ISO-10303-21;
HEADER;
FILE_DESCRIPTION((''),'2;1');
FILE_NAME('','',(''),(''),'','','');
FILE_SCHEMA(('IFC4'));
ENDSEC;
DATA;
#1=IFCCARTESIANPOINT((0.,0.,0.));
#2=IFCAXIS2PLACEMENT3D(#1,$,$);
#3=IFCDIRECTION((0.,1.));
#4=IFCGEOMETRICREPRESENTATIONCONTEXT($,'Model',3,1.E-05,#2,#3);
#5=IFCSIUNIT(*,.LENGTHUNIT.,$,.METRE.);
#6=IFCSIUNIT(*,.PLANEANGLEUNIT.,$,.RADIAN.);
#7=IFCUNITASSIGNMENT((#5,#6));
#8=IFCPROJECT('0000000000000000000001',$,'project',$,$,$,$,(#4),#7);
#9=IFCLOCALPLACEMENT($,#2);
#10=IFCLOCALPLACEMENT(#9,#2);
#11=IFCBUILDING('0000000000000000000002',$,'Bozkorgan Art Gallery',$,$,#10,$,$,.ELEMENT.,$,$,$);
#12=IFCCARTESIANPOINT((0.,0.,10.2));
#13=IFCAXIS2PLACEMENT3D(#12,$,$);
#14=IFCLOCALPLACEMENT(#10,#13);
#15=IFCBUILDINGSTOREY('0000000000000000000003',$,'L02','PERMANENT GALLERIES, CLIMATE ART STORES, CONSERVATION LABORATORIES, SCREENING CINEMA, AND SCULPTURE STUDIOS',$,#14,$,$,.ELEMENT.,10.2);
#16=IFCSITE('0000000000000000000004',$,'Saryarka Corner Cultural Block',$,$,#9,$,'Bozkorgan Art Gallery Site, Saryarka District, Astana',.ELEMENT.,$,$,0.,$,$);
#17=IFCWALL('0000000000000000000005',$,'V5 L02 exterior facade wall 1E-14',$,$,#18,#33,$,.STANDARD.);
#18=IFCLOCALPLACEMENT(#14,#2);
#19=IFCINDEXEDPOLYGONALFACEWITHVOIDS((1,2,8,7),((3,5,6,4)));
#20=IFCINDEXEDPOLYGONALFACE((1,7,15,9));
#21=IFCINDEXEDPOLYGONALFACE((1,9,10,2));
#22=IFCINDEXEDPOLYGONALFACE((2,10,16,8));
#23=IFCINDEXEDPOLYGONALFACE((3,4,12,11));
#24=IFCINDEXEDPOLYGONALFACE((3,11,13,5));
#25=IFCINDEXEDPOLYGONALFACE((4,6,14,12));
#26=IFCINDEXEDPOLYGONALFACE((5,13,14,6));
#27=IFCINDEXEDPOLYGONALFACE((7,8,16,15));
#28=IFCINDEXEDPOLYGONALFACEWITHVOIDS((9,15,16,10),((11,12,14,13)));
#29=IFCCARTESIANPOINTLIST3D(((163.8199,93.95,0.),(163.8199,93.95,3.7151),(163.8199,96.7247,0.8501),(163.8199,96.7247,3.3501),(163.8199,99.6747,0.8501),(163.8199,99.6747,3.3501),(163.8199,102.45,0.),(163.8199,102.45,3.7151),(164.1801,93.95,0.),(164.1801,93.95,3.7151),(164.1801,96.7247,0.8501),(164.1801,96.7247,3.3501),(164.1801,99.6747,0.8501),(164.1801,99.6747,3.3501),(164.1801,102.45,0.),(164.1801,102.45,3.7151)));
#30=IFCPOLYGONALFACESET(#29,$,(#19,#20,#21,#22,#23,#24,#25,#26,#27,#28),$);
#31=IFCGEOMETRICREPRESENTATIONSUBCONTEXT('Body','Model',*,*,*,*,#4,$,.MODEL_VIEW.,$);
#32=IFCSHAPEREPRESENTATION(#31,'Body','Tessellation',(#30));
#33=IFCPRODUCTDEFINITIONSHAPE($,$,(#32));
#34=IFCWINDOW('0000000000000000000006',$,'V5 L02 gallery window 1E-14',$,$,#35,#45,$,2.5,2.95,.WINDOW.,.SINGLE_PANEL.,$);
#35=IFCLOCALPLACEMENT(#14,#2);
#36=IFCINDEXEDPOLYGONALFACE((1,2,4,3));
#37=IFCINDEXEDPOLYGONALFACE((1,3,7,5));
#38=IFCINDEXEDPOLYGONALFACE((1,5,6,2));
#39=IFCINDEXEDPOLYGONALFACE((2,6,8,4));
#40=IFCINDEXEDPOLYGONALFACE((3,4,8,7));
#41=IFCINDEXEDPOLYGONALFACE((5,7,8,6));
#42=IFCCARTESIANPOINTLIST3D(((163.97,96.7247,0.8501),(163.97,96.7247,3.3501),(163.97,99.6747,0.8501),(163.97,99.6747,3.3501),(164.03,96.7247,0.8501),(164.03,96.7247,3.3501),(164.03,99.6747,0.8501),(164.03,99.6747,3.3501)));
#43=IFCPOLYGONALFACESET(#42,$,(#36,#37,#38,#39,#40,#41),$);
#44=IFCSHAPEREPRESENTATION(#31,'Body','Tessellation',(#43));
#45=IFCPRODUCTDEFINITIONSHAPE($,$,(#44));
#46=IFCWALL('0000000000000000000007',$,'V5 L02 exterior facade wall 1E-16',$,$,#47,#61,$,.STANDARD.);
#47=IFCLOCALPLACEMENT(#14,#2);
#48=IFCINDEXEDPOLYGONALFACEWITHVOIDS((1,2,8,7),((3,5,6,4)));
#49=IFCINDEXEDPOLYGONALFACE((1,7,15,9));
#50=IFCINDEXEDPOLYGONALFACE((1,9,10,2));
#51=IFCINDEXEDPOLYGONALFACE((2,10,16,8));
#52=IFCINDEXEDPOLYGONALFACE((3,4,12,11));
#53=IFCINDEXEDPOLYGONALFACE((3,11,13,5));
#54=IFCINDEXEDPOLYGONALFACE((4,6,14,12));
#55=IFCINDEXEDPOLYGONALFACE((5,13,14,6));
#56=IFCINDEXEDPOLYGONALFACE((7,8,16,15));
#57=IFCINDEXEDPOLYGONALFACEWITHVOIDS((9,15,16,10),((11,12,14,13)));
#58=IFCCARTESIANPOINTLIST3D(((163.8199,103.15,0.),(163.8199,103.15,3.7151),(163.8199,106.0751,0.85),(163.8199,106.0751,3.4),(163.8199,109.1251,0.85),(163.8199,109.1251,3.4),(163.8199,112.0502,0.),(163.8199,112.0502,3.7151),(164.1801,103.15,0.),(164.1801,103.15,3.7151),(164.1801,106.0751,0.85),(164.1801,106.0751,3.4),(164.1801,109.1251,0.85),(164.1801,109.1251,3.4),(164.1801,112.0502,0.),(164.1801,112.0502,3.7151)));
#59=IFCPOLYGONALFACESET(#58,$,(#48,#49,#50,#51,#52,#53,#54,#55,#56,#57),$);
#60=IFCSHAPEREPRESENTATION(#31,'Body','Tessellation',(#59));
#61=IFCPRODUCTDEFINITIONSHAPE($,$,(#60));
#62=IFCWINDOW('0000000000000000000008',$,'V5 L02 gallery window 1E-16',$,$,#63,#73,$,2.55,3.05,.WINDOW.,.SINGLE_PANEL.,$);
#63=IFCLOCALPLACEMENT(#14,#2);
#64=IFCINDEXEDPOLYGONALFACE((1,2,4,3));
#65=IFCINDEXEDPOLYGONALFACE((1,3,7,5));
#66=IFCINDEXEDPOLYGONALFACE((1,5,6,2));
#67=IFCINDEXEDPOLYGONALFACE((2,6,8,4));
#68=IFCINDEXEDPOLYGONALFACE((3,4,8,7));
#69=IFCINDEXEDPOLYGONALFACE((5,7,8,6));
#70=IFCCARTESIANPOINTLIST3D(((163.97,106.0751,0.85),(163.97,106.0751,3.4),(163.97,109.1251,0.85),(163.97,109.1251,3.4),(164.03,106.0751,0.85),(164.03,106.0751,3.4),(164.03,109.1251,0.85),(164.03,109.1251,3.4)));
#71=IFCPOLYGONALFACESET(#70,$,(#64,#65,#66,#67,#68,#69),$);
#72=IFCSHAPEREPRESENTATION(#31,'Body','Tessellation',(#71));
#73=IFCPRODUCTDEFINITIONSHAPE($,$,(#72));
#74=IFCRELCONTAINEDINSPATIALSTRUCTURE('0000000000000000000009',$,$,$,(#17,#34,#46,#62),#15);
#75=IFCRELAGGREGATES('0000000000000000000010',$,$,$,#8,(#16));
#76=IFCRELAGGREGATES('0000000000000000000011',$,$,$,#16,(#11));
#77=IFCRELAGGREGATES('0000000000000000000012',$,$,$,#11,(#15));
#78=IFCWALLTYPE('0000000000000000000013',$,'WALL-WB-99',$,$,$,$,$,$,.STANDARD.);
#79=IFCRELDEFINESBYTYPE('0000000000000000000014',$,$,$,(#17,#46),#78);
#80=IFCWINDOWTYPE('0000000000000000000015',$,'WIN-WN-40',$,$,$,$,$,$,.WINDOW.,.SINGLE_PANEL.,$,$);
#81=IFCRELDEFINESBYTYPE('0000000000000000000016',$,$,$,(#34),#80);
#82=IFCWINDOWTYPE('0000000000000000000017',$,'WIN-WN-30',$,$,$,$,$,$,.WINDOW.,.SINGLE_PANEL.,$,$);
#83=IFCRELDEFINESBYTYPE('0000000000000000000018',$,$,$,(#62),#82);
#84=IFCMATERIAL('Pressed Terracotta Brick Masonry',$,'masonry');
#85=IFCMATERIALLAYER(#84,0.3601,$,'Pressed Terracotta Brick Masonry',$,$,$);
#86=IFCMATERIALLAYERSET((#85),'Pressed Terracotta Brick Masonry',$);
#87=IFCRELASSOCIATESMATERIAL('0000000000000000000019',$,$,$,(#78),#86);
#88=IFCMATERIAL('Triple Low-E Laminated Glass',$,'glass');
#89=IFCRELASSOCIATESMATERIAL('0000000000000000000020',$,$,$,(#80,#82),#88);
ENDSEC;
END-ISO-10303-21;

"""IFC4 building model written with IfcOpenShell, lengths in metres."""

from ifc_helpers import new_model, si_unit, direction, frame, frame_2d, origin, place, context, subcontext, project, spatial, rectangle, extrude, material, layer, layer_set, type_object, element, fill, save


model = new_model("IFC4")

# Units and contexts
model_context = context("Model", 3, precision=1e-05, world=origin(), true_north=direction((0.0, 1.0)))
body_context = subcontext(model_context, "Body", "Model", "MODEL_VIEW")
ifc_project = project(units=[si_unit("LENGTHUNIT", "METRE"), si_unit("PLANEANGLEUNIT", "RADIAN")], contexts=[model_context])

# Site, building, storey
site_placement = place(None, origin())
site = spatial("IfcSite", under=ifc_project, at=site_placement, Name="Saryarka Corner Cultural Block", LongName="Bozkorgan Art Gallery Site, Saryarka District, Astana", CompositionType="ELEMENT", RefElevation=0.0)
building_placement = place(site_placement, origin())
building = spatial("IfcBuilding", under=site, at=building_placement, Name="Bozkorgan Art Gallery", CompositionType="ELEMENT")
storey_placement = place(building_placement, frame((0.0, 0.0, 10.2)))
storey = spatial("IfcBuildingStorey", under=building, at=storey_placement, Name="L02", Description="PERMANENT GALLERIES, CLIMATE ART STORES, CONSERVATION LABORATORIES, SCREENING CINEMA, AND SCULPTURE STUDIOS", CompositionType="ELEMENT", Elevation=10.2)

# Walls, openings, windows
ifc_material_1 = material(Name="Pressed Terracotta Brick Masonry", Category="masonry")
ifc_layer_1 = layer(ifc_material_1, 0.3601, Name="Pressed Terracotta Brick Masonry")
ifc_layer_set_1 = layer_set([ifc_layer_1], Name="Pressed Terracotta Brick Masonry")
wall_type_1 = type_object("IfcWallType", Name="WALL-WB-99", PredefinedType="STANDARD", material=ifc_layer_set_1)
ifc_material_2 = material(Name="Triple Low-E Laminated Glass", Category="glass")
wall_1_placement = place(storey_placement, frame((164.0, 93.95, 0.0), z_axis=(0.0, 0.0, 1.0), x_axis=(0.0, 1.0, 0.0)))
wall_1 = element("IfcWall", 1, at=wall_1_placement, inside=storey, type_object=wall_type_1, Name="V5 L02 exterior facade wall 1E-14", PredefinedType="STANDARD", context=body_context, shape_type="SweptSolid", body=[
    extrude(rectangle(XDim=8.5, YDim=0.3601, at=frame_2d((4.25, 0.0))), origin(), (0.0, 0.0, 1.0), 3.7151),
])
opening_1_placement = place(wall_1_placement, frame((5.7249, 0.0, 0.8501), z_axis=(0.0, 0.0, 1.0), x_axis=(-1.0, 0.0, 0.0)))
opening_1 = element("IfcOpeningElement", 2, at=opening_1_placement, cuts=wall_1, PredefinedType="OPENING", context=body_context, shape_type="SweptSolid", body=[
    extrude(rectangle(XDim=2.95, YDim=2.5, at=frame_2d((1.4751, 1.25))), frame((0.0, 0.1899, 0.0), z_axis=(0.0, -1.0, 0.0), x_axis=(1.0, 0.0, 0.0)), (0.0, 0.0, 1.0), 0.3801),
])
window_type_1 = type_object("IfcWindowType", Name="WIN-WN-40", PartitioningType="SINGLE_PANEL", PredefinedType="WINDOW", material=ifc_material_2)
window_1_placement = place(opening_1_placement, origin())
window_1 = element("IfcWindow", 3, at=window_1_placement, inside=storey, type_object=window_type_1, Name="V5 L02 gallery window 1E-14", OverallHeight=2.5, OverallWidth=2.95, PartitioningType="SINGLE_PANEL", PredefinedType="WINDOW", context=body_context, shape_type="SweptSolid", body=[
    extrude(rectangle(XDim=2.95, YDim=2.5, at=frame_2d((1.4751, 1.25))), frame((0.0, 0.03, 0.0), z_axis=(0.0, -1.0, 0.0), x_axis=(1.0, 0.0, 0.0)), (0.0, 0.0, 1.0), 0.0601),
])
fill(opening_1, window_1)
wall_2_placement = place(storey_placement, frame((164.0, 103.1499, 0.0), z_axis=(0.0, 0.0, 1.0), x_axis=(0.0, 1.0, 0.0)))
wall_2 = element("IfcWall", 4, at=wall_2_placement, inside=storey, type_object=wall_type_1, Name="V5 L02 exterior facade wall 1E-16", PredefinedType="STANDARD", context=body_context, shape_type="SweptSolid", body=[
    extrude(rectangle(XDim=8.9001, YDim=0.3601, at=frame_2d((4.4502, 0.0))), origin(), (0.0, 0.0, 1.0), 3.7151),
])
opening_2_placement = place(wall_2_placement, frame((5.9751, 0.0, 0.8501), z_axis=(0.0, 0.0, 1.0), x_axis=(-1.0, 0.0, 0.0)))
opening_2 = element("IfcOpeningElement", 5, at=opening_2_placement, cuts=wall_2, PredefinedType="OPENING", context=body_context, shape_type="SweptSolid", body=[
    extrude(rectangle(XDim=3.05, YDim=2.55, at=frame_2d((1.5249, 1.2749))), frame((0.0, 0.1899, 0.0), z_axis=(0.0, -1.0, 0.0), x_axis=(1.0, 0.0, 0.0)), (0.0, 0.0, 1.0), 0.3801),
])
window_type_2 = type_object("IfcWindowType", Name="WIN-WN-30", PartitioningType="SINGLE_PANEL", PredefinedType="WINDOW", material=ifc_material_2)
window_2_placement = place(opening_2_placement, origin())
window_2 = element("IfcWindow", 6, at=window_2_placement, inside=storey, type_object=window_type_2, Name="V5 L02 gallery window 1E-16", OverallHeight=2.55, OverallWidth=3.05, PartitioningType="SINGLE_PANEL", PredefinedType="WINDOW", context=body_context, shape_type="SweptSolid", body=[
    extrude(rectangle(XDim=3.05, YDim=2.55, at=frame_2d((1.5249, 1.2749))), frame((0.0, 0.03, 0.0), z_axis=(0.0, -1.0, 0.0), x_axis=(1.0, 0.0, 0.0)), (0.0, 0.0, 1.0), 0.0601),
])
fill(opening_2, window_2)

save(model, "model.ifc")
